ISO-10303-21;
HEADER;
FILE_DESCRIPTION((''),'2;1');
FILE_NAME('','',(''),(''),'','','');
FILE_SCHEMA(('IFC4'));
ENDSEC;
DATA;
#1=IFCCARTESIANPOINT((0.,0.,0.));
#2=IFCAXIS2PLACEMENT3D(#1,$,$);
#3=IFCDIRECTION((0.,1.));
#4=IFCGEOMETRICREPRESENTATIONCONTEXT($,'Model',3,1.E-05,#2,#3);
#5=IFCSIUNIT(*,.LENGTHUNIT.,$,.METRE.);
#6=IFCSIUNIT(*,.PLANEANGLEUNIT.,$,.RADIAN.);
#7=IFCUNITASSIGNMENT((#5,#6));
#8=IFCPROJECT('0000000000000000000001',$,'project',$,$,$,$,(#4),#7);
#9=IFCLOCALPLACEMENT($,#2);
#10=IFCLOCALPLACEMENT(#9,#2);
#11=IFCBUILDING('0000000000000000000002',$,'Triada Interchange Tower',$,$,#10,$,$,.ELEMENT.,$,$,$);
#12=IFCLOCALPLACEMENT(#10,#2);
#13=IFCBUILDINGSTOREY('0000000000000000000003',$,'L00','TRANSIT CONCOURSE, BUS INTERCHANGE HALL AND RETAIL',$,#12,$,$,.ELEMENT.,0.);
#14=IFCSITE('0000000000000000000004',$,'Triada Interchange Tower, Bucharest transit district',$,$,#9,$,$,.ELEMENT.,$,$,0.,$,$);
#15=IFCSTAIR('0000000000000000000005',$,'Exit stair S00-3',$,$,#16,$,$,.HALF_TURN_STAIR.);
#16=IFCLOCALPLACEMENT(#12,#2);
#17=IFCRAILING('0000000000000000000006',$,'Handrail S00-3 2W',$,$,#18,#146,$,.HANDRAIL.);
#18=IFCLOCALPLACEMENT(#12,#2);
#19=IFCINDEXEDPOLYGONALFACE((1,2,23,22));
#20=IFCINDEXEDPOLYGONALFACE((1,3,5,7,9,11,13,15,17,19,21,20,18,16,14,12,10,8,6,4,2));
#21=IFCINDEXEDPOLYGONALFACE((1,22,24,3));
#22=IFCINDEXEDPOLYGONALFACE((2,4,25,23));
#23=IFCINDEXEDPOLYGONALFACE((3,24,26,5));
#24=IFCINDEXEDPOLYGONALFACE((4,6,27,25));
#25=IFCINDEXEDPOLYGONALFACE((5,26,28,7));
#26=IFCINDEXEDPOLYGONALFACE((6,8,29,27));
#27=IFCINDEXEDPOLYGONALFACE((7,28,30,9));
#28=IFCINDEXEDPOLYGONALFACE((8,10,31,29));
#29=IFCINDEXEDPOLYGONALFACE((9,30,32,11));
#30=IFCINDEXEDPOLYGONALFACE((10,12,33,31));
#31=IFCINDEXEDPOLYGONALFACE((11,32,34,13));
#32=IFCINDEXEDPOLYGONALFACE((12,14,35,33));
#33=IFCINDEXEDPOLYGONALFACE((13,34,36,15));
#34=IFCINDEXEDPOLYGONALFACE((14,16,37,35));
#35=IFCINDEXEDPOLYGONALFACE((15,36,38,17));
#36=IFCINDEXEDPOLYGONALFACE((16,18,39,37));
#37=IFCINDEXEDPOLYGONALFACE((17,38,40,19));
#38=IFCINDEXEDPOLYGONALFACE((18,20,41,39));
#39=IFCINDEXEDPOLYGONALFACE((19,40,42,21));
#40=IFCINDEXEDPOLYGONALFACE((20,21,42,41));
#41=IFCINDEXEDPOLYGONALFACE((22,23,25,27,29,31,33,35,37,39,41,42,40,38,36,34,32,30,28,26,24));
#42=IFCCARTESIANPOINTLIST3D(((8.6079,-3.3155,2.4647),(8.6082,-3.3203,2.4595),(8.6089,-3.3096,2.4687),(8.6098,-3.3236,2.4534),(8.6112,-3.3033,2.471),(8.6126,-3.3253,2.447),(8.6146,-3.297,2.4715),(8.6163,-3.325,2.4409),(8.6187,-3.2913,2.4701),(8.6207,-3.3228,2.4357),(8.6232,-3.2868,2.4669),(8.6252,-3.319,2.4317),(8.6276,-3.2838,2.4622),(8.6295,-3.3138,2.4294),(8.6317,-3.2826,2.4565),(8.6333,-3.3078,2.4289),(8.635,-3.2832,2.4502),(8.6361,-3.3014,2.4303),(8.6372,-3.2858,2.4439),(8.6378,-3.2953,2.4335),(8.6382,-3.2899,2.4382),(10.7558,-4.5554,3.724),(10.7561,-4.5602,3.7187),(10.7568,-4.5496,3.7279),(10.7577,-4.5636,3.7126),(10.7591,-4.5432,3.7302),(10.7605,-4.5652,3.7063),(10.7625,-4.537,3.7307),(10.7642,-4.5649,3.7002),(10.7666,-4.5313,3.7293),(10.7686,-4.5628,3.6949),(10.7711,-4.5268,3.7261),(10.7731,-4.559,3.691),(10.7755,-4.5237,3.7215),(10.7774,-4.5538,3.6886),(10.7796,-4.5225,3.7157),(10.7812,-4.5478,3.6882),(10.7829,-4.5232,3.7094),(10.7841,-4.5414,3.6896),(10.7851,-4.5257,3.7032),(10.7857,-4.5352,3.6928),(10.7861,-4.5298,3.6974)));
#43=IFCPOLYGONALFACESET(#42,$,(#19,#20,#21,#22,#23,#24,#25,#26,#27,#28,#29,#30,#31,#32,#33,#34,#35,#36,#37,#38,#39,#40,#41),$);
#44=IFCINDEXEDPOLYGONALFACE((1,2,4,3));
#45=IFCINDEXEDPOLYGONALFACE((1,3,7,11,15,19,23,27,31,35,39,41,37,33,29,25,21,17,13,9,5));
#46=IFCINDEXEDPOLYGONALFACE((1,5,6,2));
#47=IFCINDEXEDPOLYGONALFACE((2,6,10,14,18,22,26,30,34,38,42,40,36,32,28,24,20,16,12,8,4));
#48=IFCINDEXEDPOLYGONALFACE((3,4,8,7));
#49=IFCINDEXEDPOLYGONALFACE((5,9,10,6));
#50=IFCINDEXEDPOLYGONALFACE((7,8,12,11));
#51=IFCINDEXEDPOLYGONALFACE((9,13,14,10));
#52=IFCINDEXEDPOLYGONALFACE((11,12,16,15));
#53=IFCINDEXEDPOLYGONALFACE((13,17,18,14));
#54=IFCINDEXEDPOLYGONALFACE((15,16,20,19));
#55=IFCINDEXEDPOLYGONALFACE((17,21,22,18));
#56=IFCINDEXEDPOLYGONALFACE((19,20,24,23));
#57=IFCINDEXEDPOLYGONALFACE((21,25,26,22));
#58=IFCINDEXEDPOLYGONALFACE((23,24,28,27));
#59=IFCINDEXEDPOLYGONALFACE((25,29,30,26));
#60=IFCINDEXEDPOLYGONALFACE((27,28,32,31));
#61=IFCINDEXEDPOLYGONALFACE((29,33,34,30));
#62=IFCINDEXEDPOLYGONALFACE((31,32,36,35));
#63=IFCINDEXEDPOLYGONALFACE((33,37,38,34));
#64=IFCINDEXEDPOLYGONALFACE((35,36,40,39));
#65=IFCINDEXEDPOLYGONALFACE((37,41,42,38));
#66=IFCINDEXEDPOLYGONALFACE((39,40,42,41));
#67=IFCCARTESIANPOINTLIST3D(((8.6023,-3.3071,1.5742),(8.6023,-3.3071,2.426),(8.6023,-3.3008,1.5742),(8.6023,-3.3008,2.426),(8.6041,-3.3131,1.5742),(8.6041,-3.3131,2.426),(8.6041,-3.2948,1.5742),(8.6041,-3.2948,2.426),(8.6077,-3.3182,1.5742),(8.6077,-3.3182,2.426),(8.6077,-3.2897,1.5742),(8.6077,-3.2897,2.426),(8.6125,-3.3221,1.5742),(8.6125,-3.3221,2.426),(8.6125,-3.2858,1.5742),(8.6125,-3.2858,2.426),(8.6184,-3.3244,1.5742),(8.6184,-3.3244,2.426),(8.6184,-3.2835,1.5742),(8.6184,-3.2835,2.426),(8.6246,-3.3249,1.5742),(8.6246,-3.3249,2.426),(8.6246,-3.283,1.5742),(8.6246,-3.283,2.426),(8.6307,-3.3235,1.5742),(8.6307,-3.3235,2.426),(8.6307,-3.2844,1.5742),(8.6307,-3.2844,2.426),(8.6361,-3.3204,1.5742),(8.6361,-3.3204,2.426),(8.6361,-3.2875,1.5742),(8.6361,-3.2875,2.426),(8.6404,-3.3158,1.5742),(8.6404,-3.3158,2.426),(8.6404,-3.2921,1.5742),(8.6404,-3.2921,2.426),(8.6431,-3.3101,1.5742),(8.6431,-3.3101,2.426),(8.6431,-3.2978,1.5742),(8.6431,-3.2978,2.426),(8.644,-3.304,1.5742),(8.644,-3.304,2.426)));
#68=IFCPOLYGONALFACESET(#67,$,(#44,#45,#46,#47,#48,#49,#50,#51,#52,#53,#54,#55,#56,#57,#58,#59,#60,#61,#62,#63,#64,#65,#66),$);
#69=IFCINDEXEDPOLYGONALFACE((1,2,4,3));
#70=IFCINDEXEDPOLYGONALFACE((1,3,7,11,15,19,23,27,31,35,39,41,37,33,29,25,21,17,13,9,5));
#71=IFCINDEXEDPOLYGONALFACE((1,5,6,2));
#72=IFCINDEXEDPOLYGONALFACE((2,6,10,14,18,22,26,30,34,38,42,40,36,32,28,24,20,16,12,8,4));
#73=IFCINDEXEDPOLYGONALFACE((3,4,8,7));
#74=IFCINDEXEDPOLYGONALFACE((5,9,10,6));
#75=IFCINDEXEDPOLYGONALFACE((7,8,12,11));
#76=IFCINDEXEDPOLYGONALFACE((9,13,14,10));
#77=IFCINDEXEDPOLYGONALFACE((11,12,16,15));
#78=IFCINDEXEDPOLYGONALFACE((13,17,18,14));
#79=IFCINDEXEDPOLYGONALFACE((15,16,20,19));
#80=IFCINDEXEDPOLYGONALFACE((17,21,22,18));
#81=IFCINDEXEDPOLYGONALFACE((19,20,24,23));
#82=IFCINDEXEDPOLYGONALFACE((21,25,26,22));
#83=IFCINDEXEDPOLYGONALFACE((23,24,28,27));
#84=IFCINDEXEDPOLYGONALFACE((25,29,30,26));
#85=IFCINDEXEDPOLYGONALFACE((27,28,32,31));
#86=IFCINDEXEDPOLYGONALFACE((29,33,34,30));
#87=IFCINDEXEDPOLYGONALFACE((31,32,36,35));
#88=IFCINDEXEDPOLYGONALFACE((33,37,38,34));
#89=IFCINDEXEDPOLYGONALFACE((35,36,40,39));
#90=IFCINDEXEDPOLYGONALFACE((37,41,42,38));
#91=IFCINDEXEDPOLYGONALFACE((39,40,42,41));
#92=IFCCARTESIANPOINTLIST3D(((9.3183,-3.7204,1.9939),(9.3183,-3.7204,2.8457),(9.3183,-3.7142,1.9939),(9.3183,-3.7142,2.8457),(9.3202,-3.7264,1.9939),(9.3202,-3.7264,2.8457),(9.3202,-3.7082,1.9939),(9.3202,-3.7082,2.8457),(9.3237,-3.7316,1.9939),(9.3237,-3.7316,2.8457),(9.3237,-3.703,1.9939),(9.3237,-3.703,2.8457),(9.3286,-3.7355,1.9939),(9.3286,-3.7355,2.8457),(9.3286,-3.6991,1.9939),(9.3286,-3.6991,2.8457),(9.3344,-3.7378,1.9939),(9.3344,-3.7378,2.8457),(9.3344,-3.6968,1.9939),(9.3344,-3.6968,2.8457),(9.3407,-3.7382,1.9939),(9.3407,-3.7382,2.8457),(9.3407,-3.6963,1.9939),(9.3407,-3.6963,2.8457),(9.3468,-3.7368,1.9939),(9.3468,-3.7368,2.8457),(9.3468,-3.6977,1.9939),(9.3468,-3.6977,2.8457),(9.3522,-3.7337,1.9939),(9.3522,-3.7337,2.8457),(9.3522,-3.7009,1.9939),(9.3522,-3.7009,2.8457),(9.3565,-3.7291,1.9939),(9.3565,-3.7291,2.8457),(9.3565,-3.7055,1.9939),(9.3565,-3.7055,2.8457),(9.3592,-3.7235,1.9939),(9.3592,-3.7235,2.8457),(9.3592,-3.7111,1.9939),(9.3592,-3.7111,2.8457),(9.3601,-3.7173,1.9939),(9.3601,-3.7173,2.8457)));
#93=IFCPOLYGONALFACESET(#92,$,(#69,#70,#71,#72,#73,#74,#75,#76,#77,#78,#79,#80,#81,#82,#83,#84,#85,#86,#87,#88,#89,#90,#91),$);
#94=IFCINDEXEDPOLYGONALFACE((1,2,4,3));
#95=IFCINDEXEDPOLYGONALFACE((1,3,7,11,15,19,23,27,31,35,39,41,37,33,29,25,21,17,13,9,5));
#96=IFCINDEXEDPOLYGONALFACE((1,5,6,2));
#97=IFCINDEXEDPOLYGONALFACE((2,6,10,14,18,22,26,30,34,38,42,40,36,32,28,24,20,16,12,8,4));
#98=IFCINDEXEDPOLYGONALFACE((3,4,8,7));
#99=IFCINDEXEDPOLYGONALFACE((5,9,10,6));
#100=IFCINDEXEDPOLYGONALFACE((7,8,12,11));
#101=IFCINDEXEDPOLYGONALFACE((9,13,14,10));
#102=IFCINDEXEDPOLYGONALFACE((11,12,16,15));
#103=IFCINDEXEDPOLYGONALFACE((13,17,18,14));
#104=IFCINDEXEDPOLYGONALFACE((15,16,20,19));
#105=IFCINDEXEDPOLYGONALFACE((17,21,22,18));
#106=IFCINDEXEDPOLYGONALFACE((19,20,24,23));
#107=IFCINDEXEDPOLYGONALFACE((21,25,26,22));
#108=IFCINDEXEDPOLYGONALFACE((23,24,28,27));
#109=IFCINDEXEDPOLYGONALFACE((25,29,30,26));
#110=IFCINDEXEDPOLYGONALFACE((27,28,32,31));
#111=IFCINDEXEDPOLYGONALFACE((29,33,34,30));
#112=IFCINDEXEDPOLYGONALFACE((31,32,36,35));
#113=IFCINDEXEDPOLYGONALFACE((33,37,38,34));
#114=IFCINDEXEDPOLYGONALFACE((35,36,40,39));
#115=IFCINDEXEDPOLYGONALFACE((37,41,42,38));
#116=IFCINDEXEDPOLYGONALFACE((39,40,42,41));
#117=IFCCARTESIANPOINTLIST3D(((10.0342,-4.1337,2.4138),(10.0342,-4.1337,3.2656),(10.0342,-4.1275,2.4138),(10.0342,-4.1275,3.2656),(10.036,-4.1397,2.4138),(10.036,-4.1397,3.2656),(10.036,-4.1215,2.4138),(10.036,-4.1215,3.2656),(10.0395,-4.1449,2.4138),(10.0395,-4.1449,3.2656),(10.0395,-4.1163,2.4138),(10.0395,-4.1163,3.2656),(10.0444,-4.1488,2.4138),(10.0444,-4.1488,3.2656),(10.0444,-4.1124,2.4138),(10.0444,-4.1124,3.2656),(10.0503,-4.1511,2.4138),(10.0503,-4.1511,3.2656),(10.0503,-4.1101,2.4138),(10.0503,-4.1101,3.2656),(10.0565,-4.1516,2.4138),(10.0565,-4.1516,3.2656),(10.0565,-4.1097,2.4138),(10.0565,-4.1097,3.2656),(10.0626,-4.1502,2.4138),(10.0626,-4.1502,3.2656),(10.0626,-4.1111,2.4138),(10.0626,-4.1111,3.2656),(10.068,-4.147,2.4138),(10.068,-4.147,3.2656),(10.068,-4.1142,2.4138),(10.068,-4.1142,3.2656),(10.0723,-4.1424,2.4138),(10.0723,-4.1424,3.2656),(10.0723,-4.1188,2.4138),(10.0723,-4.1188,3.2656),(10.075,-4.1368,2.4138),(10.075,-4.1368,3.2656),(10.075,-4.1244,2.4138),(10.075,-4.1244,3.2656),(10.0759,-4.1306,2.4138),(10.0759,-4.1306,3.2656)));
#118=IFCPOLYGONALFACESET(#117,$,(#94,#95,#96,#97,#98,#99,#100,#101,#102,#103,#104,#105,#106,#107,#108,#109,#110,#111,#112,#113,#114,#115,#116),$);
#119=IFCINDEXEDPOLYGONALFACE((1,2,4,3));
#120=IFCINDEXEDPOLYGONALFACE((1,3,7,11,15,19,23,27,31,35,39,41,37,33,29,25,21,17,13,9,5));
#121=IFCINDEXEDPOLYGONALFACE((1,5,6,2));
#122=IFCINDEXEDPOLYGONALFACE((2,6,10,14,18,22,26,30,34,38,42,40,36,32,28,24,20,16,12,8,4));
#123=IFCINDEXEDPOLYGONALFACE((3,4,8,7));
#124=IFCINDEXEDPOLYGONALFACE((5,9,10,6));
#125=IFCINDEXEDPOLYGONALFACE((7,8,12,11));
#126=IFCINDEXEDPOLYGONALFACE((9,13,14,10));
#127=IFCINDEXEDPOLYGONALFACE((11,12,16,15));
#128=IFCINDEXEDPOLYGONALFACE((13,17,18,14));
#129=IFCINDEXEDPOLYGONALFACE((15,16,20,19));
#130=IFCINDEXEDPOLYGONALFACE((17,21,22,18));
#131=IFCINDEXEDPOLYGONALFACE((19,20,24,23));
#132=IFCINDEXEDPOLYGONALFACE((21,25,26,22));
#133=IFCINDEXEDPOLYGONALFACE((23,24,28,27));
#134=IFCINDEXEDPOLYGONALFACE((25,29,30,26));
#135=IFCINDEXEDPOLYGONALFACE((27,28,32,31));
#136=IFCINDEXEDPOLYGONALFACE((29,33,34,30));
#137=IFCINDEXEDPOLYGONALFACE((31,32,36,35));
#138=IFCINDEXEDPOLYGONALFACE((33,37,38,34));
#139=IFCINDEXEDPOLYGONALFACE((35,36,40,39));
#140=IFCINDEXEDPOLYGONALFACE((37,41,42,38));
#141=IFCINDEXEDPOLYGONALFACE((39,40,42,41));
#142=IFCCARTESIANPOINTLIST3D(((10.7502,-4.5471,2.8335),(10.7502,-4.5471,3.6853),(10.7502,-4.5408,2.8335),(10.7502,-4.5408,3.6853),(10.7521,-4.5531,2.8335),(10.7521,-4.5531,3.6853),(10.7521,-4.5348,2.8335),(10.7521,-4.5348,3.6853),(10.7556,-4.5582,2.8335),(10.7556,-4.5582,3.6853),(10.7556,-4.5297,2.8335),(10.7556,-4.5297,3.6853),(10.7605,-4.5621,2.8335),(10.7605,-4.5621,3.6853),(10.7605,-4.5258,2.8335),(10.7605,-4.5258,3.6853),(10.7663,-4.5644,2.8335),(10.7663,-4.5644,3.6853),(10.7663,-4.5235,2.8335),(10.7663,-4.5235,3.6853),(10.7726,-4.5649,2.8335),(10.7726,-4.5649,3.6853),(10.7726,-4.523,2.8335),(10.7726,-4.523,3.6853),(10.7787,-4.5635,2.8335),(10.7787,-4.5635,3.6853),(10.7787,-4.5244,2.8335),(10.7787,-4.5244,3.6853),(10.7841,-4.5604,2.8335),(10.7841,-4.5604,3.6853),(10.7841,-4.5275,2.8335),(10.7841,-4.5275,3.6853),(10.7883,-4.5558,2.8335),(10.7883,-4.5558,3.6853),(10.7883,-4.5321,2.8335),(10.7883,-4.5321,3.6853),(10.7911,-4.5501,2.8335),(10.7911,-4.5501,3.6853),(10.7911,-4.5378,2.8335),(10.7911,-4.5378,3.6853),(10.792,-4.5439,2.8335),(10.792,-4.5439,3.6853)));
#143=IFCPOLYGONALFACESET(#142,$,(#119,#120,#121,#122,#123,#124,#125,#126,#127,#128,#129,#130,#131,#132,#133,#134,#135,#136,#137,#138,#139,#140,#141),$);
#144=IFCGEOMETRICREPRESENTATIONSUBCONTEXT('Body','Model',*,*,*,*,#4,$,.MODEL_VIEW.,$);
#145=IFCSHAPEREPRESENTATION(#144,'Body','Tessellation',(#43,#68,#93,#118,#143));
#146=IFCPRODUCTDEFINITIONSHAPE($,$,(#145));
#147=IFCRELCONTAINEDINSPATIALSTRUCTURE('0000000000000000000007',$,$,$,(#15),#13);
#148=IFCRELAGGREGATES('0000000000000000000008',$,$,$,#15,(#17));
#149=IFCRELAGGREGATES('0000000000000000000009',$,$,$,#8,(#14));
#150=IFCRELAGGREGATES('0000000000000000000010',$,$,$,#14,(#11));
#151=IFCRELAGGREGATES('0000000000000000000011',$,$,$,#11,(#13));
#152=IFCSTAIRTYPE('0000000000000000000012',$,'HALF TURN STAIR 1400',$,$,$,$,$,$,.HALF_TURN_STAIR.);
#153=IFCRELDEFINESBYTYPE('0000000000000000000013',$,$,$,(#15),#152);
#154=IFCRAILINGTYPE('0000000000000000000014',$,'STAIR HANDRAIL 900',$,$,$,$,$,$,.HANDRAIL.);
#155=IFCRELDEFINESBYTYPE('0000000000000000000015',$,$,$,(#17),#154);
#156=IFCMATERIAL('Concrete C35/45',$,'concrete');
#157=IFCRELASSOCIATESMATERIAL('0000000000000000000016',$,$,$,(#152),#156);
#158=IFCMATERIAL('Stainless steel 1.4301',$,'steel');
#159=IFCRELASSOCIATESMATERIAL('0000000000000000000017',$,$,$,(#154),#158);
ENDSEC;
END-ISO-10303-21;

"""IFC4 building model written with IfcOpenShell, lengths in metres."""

from ifc_helpers import new_model, si_unit, direction, frame, origin, origin_2d, place, context, subcontext, project, spatial, circle, extrude, material, type_object, element, aggregate, save


model = new_model("IFC4")

# Units and contexts
model_context = context("Model", 3, precision=1e-05, world=origin(), true_north=direction((0.0, 1.0)))
body_context = subcontext(model_context, "Body", "Model", "MODEL_VIEW")
ifc_project = project(units=[si_unit("LENGTHUNIT", "METRE"), si_unit("PLANEANGLEUNIT", "RADIAN")], contexts=[model_context])

# Site, building, storey
site_placement = place(None, origin())
site = spatial("IfcSite", under=ifc_project, at=site_placement, Name="Triada Interchange Tower, Bucharest transit district", CompositionType="ELEMENT", RefElevation=0.0)
building_placement = place(site_placement, origin())
building = spatial("IfcBuilding", under=site, at=building_placement, Name="Triada Interchange Tower", CompositionType="ELEMENT")
storey_placement = place(building_placement, origin())
storey = spatial("IfcBuildingStorey", under=building, at=storey_placement, Name="L00", Description="TRANSIT CONCOURSE, BUS INTERCHANGE HALL AND RETAIL", CompositionType="ELEMENT", Elevation=0.0)

# Shared definitions
ifc_material_1 = material(Name="Concrete C35/45", Category="concrete")

# Stair, railing
stair_type = type_object("IfcStairType", Name="HALF TURN STAIR 1400", PredefinedType="HALF_TURN_STAIR", material=ifc_material_1)
stair_placement = place(storey_placement, origin())
stair = element("IfcStair", 1, at=stair_placement, inside=storey, type_object=stair_type, Name="Exit stair S00-3", PredefinedType="HALF_TURN_STAIR")
ifc_material_2 = material(Name="Stainless steel 1.4301", Category="steel")
railing_type = type_object("IfcRailingType", Name="STAIR HANDRAIL 900", PredefinedType="HANDRAIL", material=ifc_material_2)
railing_1_placement = place(storey_placement, frame((8.623, -3.304, 1.5742)))
railing_1 = element("IfcRailing", 2, at=railing_1_placement, type_object=railing_type, Name="Handrail S00-3 2W", PredefinedType="HANDRAIL", context=body_context, shape_type="SweptSolid", body=[
    extrude(circle(Radius=0.0239, at=origin_2d()), frame((0.0, 0.0, 0.876), z_axis=(0.772212, -0.445791, 0.452724), x_axis=(0.499961, 0.866048, 0.0)), (0.0, 0.0, 1.0), 2.7815),
    extrude(circle(Radius=0.021, at=origin_2d()), origin(), (0.0, 0.0, 1.0), 0.8518),
    extrude(circle(Radius=0.021, at=origin_2d()), frame((0.7161, -0.4133, 0.4197)), (0.0, 0.0, 1.0), 0.8518),
    extrude(circle(Radius=0.021, at=origin_2d()), frame((1.4319, -0.8267, 0.8396)), (0.0, 0.0, 1.0), 0.8518),
    extrude(circle(Radius=0.021, at=origin_2d()), frame((2.1479, -1.24, 1.2593)), (0.0, 0.0, 1.0), 0.8518),
])
aggregate(stair, [railing_1])

save(model, "model.ifc")
